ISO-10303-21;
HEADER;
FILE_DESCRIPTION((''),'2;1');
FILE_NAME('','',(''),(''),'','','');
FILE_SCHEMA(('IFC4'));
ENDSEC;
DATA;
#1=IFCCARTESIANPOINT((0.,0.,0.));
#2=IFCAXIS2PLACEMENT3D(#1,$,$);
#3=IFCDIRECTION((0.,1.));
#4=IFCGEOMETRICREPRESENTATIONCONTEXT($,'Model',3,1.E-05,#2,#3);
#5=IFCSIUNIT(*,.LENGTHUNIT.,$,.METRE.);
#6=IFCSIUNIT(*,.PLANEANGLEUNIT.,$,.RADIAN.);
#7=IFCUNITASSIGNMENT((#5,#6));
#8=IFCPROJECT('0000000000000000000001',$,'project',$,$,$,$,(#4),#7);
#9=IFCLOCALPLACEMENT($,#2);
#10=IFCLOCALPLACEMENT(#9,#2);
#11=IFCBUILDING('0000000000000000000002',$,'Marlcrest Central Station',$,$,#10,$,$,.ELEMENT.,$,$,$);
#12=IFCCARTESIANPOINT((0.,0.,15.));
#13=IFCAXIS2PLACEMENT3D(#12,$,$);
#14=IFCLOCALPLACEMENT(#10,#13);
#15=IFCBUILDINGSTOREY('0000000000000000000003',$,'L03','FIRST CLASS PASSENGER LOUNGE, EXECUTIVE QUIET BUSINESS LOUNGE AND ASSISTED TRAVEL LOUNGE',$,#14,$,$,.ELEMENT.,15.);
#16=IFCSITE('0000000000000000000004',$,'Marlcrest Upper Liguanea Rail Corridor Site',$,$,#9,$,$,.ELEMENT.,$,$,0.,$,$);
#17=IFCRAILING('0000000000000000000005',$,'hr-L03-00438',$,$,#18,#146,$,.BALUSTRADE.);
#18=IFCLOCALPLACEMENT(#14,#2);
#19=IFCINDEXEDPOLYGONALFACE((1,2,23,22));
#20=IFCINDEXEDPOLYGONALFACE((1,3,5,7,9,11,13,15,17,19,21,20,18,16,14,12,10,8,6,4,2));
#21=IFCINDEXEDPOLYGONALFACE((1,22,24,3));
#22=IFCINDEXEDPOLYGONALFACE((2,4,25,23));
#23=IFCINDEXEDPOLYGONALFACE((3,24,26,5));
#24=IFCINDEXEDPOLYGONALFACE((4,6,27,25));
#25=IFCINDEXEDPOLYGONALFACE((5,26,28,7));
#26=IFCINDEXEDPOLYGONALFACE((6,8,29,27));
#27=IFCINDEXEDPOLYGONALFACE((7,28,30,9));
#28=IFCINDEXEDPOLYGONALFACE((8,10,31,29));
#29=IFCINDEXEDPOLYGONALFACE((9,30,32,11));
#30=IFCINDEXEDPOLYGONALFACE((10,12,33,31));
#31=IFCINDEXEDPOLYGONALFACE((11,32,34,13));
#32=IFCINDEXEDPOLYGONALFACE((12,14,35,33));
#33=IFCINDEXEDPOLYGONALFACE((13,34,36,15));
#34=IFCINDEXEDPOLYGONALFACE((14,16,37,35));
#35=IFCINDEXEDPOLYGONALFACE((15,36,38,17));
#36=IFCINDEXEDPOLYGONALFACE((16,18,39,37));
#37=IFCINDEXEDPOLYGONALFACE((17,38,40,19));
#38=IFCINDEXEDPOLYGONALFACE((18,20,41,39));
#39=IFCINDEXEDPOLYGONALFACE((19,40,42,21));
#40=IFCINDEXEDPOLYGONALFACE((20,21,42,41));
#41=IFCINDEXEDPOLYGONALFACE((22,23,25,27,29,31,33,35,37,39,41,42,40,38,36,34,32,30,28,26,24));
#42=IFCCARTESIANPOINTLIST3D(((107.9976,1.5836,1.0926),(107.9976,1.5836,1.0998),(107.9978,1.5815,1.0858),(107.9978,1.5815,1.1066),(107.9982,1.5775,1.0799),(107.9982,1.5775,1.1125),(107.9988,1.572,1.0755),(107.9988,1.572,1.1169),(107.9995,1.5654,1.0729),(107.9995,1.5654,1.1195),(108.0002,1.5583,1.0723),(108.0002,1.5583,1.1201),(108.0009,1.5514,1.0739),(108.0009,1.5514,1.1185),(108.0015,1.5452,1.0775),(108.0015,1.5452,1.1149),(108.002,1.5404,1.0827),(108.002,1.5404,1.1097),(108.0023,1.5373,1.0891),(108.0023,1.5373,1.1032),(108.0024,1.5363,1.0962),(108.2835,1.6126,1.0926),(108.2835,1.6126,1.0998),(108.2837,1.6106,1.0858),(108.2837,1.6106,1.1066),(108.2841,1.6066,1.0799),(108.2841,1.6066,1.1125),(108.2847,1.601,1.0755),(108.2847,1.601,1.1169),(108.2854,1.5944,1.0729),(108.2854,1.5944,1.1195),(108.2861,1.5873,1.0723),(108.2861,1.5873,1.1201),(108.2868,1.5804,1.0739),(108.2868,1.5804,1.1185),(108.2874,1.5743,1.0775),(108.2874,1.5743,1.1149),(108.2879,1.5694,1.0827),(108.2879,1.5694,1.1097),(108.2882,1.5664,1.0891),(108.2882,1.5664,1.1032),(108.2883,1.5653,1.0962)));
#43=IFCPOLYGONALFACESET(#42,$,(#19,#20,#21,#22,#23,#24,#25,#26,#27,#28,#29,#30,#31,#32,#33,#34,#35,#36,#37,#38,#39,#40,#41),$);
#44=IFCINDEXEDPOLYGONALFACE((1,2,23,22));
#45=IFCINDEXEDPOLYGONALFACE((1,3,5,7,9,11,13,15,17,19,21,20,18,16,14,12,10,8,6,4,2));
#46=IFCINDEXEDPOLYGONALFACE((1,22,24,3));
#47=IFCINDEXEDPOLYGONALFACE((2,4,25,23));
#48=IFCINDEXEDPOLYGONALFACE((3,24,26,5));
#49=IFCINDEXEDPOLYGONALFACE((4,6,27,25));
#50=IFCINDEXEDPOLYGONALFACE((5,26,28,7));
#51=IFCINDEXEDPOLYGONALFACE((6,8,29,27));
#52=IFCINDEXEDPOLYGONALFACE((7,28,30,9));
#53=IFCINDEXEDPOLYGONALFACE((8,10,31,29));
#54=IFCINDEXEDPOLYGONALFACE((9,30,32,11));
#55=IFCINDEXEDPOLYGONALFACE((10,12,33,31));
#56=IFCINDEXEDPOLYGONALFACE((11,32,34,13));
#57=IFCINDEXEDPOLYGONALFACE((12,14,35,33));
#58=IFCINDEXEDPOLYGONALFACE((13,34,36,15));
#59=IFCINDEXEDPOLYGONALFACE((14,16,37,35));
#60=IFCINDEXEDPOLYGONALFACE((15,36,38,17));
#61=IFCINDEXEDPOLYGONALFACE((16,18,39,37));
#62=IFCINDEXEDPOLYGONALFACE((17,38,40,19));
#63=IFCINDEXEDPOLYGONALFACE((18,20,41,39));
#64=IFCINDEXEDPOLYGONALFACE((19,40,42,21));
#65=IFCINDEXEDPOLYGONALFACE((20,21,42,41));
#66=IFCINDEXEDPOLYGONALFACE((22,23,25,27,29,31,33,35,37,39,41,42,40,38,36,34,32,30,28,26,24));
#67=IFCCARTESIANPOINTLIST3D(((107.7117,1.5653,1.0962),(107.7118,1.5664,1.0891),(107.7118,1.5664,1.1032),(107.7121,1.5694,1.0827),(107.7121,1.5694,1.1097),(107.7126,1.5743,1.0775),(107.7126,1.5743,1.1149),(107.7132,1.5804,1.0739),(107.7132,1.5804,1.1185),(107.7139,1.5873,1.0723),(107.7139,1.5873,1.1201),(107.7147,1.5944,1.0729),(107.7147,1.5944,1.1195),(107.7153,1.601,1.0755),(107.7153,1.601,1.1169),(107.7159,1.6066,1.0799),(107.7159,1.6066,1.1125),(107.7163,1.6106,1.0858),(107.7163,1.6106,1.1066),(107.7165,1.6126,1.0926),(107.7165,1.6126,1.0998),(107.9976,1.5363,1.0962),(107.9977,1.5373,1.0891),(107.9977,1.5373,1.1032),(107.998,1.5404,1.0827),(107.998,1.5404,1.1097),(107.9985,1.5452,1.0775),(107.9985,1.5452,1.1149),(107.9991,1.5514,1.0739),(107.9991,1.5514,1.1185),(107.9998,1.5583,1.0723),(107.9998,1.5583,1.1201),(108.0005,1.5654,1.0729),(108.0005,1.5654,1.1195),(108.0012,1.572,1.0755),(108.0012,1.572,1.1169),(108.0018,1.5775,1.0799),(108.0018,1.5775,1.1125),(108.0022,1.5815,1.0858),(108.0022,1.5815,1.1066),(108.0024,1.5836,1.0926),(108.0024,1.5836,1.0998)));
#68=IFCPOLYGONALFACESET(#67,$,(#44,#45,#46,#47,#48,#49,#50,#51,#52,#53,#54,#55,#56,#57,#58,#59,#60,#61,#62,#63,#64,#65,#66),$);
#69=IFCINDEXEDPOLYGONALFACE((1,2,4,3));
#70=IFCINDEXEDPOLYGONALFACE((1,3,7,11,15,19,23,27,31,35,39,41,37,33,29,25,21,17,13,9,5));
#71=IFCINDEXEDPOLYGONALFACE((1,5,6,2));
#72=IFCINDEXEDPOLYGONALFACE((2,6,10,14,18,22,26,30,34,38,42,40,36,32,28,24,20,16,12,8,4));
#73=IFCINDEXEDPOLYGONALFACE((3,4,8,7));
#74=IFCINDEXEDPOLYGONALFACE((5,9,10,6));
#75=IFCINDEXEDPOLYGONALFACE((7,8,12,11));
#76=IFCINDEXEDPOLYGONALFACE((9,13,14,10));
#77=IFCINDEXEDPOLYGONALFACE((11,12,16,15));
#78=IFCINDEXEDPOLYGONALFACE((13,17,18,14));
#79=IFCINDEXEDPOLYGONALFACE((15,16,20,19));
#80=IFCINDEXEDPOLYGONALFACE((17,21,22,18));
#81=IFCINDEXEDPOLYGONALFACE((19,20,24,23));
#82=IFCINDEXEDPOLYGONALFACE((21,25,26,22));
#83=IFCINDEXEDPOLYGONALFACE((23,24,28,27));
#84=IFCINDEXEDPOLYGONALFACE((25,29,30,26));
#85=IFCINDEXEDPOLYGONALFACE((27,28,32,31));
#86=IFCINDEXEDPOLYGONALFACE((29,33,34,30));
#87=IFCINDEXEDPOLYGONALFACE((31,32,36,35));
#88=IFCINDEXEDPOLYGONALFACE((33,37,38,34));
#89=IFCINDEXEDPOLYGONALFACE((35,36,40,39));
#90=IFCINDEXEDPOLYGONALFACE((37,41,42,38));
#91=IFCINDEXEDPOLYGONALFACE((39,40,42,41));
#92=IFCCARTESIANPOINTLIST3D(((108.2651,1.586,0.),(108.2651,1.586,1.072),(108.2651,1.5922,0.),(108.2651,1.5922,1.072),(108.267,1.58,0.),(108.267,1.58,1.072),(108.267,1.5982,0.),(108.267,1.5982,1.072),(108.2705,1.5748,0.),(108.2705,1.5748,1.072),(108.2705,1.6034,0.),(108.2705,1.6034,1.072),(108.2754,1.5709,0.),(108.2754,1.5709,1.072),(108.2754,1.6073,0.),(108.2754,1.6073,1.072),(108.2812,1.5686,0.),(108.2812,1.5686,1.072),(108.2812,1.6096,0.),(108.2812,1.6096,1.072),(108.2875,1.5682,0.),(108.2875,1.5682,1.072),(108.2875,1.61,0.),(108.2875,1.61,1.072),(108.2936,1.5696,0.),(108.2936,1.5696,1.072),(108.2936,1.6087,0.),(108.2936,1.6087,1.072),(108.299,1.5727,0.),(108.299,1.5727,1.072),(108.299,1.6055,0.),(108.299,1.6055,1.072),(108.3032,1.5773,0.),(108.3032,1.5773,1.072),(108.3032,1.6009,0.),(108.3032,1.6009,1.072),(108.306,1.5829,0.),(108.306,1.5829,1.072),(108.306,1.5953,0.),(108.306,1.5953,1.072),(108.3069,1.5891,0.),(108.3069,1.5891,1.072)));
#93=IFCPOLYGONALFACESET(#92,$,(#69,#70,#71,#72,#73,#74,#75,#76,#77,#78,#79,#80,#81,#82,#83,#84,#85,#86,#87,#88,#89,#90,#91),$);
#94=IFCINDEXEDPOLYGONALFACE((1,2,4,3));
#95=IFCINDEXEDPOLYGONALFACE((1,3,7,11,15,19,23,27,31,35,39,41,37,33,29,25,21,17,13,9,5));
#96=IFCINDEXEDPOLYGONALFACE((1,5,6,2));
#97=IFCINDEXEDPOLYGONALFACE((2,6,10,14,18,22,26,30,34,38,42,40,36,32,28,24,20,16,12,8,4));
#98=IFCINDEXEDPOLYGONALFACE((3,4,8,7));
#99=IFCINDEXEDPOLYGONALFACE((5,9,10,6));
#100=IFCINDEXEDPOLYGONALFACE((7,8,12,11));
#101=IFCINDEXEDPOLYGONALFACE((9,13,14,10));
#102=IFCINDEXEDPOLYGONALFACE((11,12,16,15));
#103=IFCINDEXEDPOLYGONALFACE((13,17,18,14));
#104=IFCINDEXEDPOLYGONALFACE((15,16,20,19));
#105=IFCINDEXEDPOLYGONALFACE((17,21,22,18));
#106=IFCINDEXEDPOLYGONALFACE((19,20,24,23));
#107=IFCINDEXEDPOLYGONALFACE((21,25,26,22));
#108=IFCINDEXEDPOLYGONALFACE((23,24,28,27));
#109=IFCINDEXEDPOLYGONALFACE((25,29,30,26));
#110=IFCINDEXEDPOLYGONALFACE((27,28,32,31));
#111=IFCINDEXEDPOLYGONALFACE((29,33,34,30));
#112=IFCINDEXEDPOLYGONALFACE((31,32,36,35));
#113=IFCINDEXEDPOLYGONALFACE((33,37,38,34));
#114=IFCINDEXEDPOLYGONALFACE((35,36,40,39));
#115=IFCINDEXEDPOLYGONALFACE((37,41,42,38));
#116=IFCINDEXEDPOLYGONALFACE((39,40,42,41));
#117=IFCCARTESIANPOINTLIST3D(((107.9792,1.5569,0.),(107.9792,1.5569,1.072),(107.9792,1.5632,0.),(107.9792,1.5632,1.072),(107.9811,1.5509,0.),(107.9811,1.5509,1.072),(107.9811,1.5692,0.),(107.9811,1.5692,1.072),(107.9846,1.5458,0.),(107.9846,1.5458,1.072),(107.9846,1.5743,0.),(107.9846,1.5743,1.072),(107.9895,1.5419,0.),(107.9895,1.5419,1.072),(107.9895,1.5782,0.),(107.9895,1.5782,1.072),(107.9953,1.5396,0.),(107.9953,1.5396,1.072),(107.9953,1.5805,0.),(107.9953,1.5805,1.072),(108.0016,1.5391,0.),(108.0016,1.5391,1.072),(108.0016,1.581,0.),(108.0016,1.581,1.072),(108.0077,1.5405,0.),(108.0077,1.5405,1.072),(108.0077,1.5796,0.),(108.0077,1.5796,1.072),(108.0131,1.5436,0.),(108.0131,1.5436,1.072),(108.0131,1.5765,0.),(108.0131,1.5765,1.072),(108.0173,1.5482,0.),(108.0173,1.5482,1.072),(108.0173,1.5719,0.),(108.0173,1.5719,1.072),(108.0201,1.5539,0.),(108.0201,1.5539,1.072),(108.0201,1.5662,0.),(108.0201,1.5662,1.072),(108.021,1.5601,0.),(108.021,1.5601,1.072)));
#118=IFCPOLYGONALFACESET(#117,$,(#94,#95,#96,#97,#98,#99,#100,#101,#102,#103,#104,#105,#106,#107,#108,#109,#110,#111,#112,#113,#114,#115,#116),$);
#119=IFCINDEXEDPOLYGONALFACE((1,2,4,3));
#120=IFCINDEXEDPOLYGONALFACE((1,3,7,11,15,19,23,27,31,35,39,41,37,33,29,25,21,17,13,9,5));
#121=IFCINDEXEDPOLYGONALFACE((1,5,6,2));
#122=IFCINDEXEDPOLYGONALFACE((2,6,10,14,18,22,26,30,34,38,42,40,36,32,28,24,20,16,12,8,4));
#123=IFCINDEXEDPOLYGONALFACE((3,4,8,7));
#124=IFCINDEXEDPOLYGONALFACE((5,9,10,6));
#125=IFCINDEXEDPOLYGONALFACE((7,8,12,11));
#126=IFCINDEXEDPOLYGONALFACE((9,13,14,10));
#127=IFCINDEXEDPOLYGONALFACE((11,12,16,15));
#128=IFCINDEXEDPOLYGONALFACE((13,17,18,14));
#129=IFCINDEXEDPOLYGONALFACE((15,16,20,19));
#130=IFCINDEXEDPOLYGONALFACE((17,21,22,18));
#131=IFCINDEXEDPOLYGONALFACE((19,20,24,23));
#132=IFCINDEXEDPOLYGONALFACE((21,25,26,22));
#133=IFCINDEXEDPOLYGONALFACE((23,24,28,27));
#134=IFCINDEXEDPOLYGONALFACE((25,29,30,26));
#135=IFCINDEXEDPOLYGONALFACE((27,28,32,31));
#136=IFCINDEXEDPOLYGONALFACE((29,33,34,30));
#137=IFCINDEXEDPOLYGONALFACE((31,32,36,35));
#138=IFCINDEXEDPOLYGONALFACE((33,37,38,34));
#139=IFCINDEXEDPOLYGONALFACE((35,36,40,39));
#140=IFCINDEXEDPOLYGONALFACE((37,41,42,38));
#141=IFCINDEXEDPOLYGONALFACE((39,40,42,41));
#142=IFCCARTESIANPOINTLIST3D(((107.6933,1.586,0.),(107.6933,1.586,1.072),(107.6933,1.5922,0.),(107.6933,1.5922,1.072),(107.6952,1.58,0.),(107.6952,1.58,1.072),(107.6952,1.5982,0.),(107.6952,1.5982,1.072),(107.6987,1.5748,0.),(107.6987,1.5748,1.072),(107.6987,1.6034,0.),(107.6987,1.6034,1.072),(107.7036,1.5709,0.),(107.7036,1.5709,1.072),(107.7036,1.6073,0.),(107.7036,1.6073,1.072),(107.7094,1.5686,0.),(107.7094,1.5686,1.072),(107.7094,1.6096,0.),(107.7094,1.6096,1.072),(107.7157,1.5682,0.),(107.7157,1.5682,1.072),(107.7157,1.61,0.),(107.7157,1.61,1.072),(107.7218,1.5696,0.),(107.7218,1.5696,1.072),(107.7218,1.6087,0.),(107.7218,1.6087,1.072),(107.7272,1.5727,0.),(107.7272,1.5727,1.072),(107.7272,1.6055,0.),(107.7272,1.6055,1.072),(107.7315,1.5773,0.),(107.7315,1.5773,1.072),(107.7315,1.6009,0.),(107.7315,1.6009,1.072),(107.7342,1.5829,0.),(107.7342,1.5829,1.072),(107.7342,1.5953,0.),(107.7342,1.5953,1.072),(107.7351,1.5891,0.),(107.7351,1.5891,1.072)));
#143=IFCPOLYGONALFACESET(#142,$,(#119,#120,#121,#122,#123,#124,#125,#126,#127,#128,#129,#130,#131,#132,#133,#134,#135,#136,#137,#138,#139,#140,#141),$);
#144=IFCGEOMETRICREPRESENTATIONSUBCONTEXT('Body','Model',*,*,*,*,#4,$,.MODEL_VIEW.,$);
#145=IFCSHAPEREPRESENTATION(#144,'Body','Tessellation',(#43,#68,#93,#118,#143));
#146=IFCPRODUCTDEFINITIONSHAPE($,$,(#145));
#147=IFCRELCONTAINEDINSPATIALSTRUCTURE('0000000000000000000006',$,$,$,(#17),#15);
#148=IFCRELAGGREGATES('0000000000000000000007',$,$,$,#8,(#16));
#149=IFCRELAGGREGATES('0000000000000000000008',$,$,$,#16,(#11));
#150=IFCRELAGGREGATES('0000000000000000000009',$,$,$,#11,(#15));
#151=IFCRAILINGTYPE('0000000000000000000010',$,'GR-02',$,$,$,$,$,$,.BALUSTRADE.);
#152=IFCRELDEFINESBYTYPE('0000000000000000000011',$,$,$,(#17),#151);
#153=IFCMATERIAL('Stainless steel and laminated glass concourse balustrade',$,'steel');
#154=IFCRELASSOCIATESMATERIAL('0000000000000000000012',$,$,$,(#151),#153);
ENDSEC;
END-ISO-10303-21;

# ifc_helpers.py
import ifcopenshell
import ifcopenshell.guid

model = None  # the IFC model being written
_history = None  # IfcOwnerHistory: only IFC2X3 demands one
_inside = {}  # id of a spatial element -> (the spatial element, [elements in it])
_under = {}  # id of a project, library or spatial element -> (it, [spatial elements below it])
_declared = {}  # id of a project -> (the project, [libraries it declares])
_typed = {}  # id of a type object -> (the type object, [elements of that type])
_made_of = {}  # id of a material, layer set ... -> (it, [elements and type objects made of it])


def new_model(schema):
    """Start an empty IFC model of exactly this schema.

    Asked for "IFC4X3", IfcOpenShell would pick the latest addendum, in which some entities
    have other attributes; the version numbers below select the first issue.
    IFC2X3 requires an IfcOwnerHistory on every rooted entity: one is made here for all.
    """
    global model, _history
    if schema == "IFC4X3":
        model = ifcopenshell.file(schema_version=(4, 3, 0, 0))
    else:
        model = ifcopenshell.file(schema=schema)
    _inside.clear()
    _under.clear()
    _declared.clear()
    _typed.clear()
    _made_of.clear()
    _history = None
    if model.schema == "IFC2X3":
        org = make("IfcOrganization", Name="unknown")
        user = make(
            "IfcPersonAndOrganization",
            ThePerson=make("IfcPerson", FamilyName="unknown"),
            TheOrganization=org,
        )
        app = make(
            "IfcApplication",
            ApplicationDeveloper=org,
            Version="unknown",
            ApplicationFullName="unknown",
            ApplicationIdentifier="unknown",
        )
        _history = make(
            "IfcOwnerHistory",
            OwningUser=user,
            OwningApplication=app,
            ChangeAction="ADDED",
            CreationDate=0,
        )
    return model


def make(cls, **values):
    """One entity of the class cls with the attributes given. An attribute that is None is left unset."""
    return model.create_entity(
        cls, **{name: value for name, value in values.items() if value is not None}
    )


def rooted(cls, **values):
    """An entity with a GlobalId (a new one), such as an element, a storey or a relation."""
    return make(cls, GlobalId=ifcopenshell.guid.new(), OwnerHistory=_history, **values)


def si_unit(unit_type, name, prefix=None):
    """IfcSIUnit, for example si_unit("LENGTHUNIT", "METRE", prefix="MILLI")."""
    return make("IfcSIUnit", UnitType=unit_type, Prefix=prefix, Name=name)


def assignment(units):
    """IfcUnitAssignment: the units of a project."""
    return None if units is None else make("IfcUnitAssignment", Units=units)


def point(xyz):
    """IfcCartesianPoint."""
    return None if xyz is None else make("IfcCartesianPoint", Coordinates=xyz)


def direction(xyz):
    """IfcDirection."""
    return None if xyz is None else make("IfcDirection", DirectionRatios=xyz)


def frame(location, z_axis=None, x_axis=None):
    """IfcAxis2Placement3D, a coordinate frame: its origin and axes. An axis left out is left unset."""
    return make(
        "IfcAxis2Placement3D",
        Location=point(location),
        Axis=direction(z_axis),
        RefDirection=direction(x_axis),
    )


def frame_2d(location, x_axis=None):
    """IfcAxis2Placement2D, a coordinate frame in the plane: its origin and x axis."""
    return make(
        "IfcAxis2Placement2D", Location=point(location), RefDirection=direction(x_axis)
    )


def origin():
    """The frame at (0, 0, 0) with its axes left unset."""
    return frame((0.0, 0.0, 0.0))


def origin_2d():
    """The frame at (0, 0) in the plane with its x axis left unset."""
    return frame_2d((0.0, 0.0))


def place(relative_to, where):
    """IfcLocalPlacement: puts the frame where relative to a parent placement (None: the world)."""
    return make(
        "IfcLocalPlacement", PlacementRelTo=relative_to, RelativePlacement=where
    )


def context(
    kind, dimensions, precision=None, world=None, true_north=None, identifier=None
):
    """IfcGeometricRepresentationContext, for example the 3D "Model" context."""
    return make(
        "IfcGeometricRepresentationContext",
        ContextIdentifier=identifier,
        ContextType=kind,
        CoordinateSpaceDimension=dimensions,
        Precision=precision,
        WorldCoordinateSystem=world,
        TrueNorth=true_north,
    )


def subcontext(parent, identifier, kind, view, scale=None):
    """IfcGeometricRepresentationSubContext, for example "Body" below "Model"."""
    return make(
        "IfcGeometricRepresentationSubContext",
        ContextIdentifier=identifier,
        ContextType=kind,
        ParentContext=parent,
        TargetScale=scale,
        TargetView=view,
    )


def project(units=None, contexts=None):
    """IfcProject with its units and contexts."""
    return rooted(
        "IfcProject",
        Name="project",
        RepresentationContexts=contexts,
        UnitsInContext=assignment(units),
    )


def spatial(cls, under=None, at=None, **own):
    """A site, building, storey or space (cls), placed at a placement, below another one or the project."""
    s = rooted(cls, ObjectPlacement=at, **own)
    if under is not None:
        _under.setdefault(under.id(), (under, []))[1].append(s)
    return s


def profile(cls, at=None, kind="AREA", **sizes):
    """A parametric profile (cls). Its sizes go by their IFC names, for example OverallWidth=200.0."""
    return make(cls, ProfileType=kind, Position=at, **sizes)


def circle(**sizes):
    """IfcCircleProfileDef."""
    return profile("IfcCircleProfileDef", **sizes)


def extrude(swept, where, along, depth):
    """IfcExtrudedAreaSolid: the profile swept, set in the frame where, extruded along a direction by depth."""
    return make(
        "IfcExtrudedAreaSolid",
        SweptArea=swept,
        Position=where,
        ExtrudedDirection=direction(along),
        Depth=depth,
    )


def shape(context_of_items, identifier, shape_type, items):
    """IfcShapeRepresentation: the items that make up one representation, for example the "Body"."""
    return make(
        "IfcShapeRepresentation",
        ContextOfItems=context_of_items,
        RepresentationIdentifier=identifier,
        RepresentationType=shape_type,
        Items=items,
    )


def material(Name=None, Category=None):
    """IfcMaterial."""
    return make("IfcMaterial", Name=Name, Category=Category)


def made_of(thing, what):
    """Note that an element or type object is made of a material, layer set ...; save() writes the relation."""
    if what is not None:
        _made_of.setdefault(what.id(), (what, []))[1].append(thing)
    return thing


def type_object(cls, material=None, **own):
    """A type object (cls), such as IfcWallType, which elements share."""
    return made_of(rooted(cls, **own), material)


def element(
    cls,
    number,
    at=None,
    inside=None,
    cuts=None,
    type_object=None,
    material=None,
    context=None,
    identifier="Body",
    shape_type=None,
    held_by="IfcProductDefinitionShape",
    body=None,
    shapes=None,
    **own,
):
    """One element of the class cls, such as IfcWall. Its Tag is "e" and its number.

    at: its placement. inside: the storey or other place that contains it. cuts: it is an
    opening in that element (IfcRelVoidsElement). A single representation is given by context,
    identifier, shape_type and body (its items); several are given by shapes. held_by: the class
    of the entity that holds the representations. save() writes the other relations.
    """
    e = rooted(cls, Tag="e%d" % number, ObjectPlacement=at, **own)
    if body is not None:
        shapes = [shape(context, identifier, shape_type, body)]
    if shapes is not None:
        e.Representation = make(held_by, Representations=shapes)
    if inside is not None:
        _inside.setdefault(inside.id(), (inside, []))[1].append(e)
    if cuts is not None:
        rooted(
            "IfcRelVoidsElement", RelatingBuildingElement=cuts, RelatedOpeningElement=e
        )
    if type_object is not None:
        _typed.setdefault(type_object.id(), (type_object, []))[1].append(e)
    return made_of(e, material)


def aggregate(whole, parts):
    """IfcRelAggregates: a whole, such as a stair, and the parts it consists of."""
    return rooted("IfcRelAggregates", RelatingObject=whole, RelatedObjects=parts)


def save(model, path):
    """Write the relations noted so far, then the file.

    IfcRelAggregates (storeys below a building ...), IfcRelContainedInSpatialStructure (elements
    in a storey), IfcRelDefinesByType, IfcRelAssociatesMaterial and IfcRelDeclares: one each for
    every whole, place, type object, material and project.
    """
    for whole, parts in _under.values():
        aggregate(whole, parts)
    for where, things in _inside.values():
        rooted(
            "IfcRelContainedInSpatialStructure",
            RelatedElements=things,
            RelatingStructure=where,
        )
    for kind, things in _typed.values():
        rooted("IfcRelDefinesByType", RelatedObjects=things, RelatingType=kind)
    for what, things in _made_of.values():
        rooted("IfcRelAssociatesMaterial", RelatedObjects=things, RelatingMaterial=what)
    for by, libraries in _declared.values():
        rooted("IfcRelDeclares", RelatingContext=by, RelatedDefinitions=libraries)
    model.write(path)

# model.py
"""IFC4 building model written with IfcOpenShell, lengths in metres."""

from ifc_helpers import new_model, si_unit, direction, frame, origin, origin_2d, place, context, subcontext, project, spatial, circle, extrude, material, type_object, element, save


model = new_model("IFC4")

# Units and contexts
model_context = context("Model", 3, precision=1e-05, world=origin(), true_north=direction((0.0, 1.0)))
body_context = subcontext(model_context, "Body", "Model", "MODEL_VIEW")
ifc_project = project(units=[si_unit("LENGTHUNIT", "METRE"), si_unit("PLANEANGLEUNIT", "RADIAN")], contexts=[model_context])

# Site, building, storey
site_placement = place(None, origin())
site = spatial("IfcSite", under=ifc_project, at=site_placement, Name="Marlcrest Upper Liguanea Rail Corridor Site", CompositionType="ELEMENT", RefElevation=0.0)
building_placement = place(site_placement, origin())
building = spatial("IfcBuilding", under=site, at=building_placement, Name="Marlcrest Central Station", CompositionType="ELEMENT")
storey_placement = place(building_placement, frame((0.0, 0.0, 15.0)))
storey = spatial("IfcBuildingStorey", under=building, at=storey_placement, Name="L03", Description="FIRST CLASS PASSENGER LOUNGE, EXECUTIVE QUIET BUSINESS LOUNGE AND ASSISTED TRAVEL LOUNGE", CompositionType="ELEMENT", Elevation=15.0)

# Railing
ifc_material_1 = material(Name="Stainless steel and laminated glass concourse balustrade", Category="steel")
railing_type = type_object("IfcRailingType", Name="GR-02", PredefinedType="BALUSTRADE", material=ifc_material_1)
railing_1_placement = place(storey_placement, frame((108.2859, 1.5891, 0.0)))
element("IfcRailing", 1, at=railing_1_placement, inside=storey, type_object=railing_type, Name="hr-L03-00438", PredefinedType="BALUSTRADE", context=body_context, shape_type="SweptSolid", body=[
    extrude(circle(Radius=0.0239, at=origin_2d()), frame((0.0, 0.0, 1.0962), z_axis=(-0.994876, -0.101102, 0.0), x_axis=(0.101102, -0.994876, 0.0)), (0.0, 0.0, 1.0), 0.2874),
    extrude(circle(Radius=0.0239, at=origin_2d()), frame((-0.2859, -0.0291, 1.0962), z_axis=(-0.994876, 0.101102, 0.0), x_axis=(-0.101102, -0.994876, 0.0)), (0.0, 0.0, 1.0), 0.2874),
    extrude(circle(Radius=0.021, at=origin_2d()), origin(), (0.0, 0.0, 1.0), 1.072),
    extrude(circle(Radius=0.021, at=origin_2d()), frame((-0.2859, -0.0291, 0.0)), (0.0, 0.0, 1.0), 1.072),
    extrude(circle(Radius=0.021, at=origin_2d()), frame((-0.5718, 0.0, 0.0)), (0.0, 0.0, 1.0), 1.072),
])

save(model, "model.ifc")
